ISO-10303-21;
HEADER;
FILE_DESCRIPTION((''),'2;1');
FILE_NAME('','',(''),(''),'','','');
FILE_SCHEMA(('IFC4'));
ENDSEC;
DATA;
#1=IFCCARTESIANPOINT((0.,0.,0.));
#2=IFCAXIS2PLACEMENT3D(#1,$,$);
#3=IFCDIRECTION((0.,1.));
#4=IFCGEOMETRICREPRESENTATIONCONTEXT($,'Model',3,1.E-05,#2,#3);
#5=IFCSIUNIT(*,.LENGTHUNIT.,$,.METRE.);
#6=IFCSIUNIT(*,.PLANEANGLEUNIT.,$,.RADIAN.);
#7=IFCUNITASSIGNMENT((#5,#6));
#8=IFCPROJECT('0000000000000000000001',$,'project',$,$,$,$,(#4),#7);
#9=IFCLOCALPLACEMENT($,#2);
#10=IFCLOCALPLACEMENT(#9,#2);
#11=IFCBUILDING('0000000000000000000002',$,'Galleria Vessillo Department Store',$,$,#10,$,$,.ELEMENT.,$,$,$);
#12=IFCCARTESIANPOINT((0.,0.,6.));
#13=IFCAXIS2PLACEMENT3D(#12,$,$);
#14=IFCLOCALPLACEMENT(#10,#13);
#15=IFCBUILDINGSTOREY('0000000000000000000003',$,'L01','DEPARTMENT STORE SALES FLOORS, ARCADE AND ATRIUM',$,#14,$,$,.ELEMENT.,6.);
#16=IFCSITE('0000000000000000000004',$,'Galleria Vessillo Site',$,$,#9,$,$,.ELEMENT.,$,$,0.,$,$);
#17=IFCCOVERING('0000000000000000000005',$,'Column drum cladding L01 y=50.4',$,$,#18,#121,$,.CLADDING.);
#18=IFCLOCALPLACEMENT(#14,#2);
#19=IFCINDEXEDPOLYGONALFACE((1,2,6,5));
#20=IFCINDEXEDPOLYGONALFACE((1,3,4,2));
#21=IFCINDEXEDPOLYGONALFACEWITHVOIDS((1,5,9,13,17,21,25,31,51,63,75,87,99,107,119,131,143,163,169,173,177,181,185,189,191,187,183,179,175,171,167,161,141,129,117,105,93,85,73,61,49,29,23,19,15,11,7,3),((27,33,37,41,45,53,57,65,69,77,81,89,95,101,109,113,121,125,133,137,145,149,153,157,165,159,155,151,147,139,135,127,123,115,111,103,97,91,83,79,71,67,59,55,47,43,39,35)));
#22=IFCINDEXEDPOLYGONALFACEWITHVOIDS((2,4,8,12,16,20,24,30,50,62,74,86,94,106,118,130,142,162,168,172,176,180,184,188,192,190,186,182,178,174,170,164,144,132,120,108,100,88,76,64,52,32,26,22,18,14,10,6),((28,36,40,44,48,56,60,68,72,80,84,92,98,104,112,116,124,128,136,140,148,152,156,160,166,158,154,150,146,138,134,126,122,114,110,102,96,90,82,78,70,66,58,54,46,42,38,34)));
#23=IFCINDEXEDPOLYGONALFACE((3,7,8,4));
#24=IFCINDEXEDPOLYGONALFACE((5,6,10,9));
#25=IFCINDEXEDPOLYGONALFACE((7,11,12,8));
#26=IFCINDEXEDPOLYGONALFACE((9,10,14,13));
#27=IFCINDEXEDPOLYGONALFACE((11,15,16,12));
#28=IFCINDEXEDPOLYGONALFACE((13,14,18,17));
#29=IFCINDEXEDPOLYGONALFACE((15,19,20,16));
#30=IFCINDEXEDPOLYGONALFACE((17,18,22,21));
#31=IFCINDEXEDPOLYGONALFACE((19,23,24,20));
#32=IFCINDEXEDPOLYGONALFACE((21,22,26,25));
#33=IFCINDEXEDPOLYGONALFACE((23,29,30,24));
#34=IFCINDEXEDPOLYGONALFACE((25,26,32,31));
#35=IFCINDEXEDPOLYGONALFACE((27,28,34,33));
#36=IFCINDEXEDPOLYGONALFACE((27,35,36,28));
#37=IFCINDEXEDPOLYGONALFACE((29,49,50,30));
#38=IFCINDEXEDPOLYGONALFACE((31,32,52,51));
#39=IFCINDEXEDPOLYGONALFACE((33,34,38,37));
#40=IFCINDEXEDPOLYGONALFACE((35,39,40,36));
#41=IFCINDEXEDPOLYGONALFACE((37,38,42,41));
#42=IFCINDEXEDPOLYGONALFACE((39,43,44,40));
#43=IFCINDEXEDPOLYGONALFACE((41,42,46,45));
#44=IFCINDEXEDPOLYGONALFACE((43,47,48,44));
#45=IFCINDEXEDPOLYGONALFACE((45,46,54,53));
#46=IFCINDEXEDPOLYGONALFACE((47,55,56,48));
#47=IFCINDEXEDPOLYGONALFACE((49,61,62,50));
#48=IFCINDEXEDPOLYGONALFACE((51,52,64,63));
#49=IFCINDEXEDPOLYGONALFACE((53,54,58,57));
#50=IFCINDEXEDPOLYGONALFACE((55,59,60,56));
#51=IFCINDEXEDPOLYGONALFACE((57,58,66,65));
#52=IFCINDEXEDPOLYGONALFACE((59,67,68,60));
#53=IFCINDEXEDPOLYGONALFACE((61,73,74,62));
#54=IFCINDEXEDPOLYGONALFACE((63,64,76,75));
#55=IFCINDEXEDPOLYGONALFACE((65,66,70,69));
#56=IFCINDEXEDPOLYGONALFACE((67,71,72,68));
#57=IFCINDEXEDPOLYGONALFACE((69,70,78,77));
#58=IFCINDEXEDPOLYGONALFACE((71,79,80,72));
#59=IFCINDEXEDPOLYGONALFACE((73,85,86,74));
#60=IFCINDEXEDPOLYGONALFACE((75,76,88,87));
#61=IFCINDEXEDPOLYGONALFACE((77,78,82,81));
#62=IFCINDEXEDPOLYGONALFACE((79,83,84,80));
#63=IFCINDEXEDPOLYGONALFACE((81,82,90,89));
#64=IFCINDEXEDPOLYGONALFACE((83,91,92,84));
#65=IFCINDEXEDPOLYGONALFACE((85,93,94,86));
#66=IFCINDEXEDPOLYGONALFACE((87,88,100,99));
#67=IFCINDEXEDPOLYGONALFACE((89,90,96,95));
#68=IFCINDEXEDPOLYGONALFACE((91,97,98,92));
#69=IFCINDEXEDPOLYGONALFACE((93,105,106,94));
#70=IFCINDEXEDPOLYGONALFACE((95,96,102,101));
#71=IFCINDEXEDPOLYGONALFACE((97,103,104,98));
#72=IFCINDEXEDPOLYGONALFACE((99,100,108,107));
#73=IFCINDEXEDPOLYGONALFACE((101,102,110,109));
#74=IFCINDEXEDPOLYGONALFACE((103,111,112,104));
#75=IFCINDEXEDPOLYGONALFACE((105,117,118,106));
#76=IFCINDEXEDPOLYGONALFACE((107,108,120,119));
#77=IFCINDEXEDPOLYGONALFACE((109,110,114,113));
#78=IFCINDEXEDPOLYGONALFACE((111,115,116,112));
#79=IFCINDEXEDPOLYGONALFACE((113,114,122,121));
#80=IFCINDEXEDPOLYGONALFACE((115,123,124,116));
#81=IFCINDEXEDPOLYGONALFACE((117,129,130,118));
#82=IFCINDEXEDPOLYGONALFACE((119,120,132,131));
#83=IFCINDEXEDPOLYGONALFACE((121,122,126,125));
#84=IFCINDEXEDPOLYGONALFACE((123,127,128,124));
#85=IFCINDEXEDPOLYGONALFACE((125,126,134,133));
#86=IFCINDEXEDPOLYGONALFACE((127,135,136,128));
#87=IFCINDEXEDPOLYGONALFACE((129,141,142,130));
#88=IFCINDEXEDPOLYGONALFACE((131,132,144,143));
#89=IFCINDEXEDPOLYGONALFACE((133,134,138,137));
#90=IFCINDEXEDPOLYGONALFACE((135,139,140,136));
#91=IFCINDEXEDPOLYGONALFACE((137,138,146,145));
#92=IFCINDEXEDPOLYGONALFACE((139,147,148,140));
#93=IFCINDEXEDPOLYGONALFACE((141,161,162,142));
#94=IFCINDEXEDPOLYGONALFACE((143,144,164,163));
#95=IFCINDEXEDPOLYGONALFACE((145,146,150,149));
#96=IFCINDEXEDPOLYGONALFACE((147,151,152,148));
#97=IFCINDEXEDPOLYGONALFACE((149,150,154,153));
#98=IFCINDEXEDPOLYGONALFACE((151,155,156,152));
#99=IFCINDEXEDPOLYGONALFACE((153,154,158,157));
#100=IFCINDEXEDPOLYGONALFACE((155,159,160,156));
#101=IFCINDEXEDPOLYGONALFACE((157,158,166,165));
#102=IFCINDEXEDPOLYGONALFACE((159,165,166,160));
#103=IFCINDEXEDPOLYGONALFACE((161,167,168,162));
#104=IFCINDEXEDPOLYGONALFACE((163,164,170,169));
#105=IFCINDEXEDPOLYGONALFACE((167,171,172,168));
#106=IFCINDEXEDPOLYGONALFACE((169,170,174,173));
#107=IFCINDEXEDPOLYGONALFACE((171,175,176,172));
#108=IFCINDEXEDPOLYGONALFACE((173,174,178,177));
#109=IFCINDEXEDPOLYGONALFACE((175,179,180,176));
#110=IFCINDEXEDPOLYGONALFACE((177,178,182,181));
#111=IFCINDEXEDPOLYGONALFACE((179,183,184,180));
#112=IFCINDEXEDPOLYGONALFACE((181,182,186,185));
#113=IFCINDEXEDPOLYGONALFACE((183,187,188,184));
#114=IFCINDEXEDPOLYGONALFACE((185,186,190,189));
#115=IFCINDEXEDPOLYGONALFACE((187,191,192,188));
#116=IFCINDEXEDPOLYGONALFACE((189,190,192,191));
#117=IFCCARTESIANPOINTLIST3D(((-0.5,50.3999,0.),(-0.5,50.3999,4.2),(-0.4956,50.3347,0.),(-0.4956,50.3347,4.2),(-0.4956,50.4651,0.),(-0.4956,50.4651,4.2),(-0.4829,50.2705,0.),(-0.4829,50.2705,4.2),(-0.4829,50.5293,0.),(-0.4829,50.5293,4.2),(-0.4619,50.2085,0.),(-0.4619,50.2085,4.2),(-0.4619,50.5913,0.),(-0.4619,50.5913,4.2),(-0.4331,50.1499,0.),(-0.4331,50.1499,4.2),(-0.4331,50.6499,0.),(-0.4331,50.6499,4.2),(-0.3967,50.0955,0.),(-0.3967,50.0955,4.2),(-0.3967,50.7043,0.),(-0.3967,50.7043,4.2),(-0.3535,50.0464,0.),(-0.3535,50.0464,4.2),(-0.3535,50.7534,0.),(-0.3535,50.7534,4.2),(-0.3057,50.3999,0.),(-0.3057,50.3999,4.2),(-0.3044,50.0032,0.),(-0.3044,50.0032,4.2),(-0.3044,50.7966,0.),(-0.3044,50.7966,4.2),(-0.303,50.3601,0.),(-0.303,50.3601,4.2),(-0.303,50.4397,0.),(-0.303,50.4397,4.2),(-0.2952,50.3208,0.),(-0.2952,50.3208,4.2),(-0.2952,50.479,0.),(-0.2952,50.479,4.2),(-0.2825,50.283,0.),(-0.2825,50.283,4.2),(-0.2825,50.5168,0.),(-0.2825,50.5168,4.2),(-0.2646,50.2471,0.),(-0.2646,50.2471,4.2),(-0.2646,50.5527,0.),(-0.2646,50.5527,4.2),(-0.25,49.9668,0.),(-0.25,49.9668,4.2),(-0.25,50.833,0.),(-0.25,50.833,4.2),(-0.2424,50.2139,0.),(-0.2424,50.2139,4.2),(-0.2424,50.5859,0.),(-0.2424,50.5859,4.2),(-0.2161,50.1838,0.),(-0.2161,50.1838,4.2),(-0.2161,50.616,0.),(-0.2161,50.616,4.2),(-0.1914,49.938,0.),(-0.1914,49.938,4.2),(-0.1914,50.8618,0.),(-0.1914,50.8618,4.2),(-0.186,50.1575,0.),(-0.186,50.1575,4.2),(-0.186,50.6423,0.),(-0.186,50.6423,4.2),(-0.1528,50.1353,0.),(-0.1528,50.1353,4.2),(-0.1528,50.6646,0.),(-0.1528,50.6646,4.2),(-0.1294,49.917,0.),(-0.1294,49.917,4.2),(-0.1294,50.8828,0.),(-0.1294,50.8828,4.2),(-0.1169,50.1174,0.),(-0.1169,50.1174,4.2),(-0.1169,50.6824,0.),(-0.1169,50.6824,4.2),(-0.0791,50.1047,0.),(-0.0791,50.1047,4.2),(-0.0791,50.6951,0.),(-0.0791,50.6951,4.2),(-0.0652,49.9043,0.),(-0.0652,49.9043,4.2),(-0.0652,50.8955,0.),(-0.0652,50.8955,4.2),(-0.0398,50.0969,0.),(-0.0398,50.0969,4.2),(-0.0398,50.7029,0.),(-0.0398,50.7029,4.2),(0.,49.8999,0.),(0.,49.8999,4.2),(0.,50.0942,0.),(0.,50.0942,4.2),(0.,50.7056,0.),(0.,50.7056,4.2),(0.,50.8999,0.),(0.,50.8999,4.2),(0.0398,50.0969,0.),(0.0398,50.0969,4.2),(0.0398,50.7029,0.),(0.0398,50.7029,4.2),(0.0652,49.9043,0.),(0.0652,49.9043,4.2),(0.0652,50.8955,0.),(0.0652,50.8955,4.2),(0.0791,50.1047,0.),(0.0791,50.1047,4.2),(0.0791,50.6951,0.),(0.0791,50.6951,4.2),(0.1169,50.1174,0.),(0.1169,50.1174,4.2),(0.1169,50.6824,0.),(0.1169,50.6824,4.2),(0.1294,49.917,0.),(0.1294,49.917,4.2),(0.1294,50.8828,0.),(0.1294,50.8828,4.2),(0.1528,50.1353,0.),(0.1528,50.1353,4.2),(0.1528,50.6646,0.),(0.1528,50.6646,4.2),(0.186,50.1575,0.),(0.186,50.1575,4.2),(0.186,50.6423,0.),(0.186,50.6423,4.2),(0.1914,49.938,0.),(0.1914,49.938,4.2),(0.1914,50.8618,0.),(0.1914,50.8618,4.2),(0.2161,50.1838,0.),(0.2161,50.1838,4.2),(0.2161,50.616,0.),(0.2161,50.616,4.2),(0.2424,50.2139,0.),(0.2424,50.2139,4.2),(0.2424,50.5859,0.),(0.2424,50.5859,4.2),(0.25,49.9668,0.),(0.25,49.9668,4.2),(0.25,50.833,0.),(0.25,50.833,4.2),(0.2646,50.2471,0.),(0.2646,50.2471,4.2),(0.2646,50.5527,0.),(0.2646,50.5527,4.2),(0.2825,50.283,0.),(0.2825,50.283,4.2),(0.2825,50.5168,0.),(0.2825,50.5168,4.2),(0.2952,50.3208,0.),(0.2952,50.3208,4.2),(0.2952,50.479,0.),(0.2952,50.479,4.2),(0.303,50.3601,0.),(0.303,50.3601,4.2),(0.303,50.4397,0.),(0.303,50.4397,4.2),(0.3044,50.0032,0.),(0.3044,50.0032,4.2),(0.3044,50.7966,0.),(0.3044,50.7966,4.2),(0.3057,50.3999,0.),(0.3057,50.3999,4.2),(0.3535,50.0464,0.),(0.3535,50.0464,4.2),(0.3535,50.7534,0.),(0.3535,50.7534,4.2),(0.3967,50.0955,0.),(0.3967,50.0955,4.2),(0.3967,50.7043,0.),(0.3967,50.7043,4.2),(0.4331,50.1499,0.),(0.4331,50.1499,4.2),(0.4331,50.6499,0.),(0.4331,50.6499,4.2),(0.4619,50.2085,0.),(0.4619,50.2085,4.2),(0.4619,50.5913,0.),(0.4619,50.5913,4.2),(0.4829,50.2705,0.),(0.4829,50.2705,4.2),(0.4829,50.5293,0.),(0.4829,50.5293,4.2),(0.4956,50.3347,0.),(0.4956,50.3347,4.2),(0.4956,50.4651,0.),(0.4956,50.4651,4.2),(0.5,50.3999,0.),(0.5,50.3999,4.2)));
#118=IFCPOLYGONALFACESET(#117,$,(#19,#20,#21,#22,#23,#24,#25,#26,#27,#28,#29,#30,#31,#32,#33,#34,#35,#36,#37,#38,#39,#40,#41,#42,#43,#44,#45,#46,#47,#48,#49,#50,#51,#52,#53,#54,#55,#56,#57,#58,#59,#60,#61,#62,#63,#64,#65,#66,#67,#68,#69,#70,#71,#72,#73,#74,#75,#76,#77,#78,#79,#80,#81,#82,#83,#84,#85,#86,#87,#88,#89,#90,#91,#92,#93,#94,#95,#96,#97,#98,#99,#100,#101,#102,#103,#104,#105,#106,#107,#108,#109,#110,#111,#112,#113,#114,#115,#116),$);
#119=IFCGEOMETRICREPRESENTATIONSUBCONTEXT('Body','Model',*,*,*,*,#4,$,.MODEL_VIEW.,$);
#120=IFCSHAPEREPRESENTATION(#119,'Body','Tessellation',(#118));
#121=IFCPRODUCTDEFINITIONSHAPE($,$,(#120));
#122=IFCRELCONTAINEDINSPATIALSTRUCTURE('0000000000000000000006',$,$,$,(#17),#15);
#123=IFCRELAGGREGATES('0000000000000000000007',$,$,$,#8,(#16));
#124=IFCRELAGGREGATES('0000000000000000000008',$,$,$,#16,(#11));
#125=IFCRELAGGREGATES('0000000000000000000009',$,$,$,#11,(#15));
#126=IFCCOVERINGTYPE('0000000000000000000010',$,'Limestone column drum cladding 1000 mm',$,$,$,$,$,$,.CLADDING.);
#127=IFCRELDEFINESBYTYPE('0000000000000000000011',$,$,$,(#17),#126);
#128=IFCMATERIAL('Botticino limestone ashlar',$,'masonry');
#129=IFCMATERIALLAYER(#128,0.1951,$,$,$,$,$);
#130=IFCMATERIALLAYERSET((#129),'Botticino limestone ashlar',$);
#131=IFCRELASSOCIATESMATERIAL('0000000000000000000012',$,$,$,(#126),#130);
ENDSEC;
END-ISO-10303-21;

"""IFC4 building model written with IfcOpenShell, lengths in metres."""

from ifc_helpers import new_model, si_unit, direction, frame, origin, place, context, subcontext, project, spatial, polyline, outline, extrude, material, layer, layer_set, type_object, element, save


model = new_model("IFC4")

# Units and contexts
model_context = context("Model", 3, precision=1e-05, world=origin(), true_north=direction((0.0, 1.0)))
body_context = subcontext(model_context, "Body", "Model", "MODEL_VIEW")
ifc_project = project(units=[si_unit("LENGTHUNIT", "METRE"), si_unit("PLANEANGLEUNIT", "RADIAN")], contexts=[model_context])

# Site, building, storey
site_placement = place(None, origin())
site = spatial("IfcSite", under=ifc_project, at=site_placement, Name="Galleria Vessillo Site", CompositionType="ELEMENT", RefElevation=0.0)
building_placement = place(site_placement, origin())
building = spatial("IfcBuilding", under=site, at=building_placement, Name="Galleria Vessillo Department Store", CompositionType="ELEMENT")
storey_placement = place(building_placement, frame((0.0, 0.0, 6.0)))
storey = spatial("IfcBuildingStorey", under=building, at=storey_placement, Name="L01", Description="DEPARTMENT STORE SALES FLOORS, ARCADE AND ATRIUM", CompositionType="ELEMENT", Elevation=6.0)

# Covering
ifc_material_1 = material(Name="Botticino limestone ashlar", Category="masonry")
ifc_layer_1 = layer(ifc_material_1, 0.1951)
ifc_layer_set_1 = layer_set([ifc_layer_1], Name="Botticino limestone ashlar")
covering_type = type_object("IfcCoveringType", Name="Limestone column drum cladding 1000 mm", PredefinedType="CLADDING", material=ifc_layer_set_1)
covering_1_placement = place(storey_placement, origin())
element("IfcCovering", 1, at=covering_1_placement, inside=storey, type_object=covering_type, Name="Column drum cladding L01 y=50.4", PredefinedType="CLADDING", context=body_context, shape_type="SweptSolid", body=[
    extrude(outline(polyline([(0.5, 50.3999), (0.4956, 50.4651), (0.4829, 50.5293), (0.4619, 50.5913), (0.4331, 50.6499), (0.3967, 50.7043), (0.3535, 50.7534), (0.3044, 50.7966), (0.25, 50.833), (0.1914, 50.8618), (0.1294, 50.8828), (0.0652, 50.8955), (0.0, 50.8999), (-0.0652, 50.8955), (-0.1294, 50.8828), (-0.1914, 50.8618), (-0.25, 50.833), (-0.3044, 50.7966), (-0.3535, 50.7534), (-0.3967, 50.7043), (-0.4331, 50.6499), (-0.4619, 50.5913), (-0.4829, 50.5293), (-0.4956, 50.4651), (-0.5, 50.3999), (-0.4956, 50.3347), (-0.4829, 50.2705), (-0.4619, 50.2085), (-0.4331, 50.1499), (-0.3967, 50.0955), (-0.3535, 50.0464), (-0.3044, 50.0032), (-0.25, 49.9668), (-0.1914, 49.938), (-0.1294, 49.917), (-0.0652, 49.9043), (0.0, 49.8999), (0.0652, 49.9043), (0.1294, 49.917), (0.1914, 49.938), (0.25, 49.9668), (0.3044, 50.0032), (0.3535, 50.0464), (0.3967, 50.0955), (0.4331, 50.1499), (0.4619, 50.2085), (0.4829, 50.2705), (0.4956, 50.3347), (0.5, 50.3999)]), holes=[polyline([(0.3057, 50.3999), (0.303, 50.4397), (0.2952, 50.479), (0.2825, 50.5168), (0.2646, 50.5527), (0.2424, 50.5859), (0.2161, 50.616), (0.186, 50.6423), (0.1528, 50.6646), (0.1169, 50.6824), (0.0791, 50.6951), (0.0398, 50.7029), (0.0, 50.7056), (-0.0398, 50.7029), (-0.0791, 50.6951), (-0.1169, 50.6824), (-0.1528, 50.6646), (-0.186, 50.6423), (-0.2161, 50.616), (-0.2424, 50.5859), (-0.2646, 50.5527), (-0.2825, 50.5168), (-0.2952, 50.479), (-0.303, 50.4397), (-0.3057, 50.3999), (-0.303, 50.3601), (-0.2952, 50.3208), (-0.2825, 50.283), (-0.2646, 50.2471), (-0.2424, 50.2139), (-0.2161, 50.1838), (-0.186, 50.1575), (-0.1528, 50.1353), (-0.1169, 50.1174), (-0.0791, 50.1047), (-0.0398, 50.0969), (0.0, 50.0942), (0.0398, 50.0969), (0.0791, 50.1047), (0.1169, 50.1174), (0.1528, 50.1353), (0.186, 50.1575), (0.2161, 50.1838), (0.2424, 50.2139), (0.2646, 50.2471), (0.2825, 50.283), (0.2952, 50.3208), (0.303, 50.3601), (0.3057, 50.3999)])]), origin(), (0.0, 0.0, 1.0), 4.2),
])

save(model, "model.ifc")
